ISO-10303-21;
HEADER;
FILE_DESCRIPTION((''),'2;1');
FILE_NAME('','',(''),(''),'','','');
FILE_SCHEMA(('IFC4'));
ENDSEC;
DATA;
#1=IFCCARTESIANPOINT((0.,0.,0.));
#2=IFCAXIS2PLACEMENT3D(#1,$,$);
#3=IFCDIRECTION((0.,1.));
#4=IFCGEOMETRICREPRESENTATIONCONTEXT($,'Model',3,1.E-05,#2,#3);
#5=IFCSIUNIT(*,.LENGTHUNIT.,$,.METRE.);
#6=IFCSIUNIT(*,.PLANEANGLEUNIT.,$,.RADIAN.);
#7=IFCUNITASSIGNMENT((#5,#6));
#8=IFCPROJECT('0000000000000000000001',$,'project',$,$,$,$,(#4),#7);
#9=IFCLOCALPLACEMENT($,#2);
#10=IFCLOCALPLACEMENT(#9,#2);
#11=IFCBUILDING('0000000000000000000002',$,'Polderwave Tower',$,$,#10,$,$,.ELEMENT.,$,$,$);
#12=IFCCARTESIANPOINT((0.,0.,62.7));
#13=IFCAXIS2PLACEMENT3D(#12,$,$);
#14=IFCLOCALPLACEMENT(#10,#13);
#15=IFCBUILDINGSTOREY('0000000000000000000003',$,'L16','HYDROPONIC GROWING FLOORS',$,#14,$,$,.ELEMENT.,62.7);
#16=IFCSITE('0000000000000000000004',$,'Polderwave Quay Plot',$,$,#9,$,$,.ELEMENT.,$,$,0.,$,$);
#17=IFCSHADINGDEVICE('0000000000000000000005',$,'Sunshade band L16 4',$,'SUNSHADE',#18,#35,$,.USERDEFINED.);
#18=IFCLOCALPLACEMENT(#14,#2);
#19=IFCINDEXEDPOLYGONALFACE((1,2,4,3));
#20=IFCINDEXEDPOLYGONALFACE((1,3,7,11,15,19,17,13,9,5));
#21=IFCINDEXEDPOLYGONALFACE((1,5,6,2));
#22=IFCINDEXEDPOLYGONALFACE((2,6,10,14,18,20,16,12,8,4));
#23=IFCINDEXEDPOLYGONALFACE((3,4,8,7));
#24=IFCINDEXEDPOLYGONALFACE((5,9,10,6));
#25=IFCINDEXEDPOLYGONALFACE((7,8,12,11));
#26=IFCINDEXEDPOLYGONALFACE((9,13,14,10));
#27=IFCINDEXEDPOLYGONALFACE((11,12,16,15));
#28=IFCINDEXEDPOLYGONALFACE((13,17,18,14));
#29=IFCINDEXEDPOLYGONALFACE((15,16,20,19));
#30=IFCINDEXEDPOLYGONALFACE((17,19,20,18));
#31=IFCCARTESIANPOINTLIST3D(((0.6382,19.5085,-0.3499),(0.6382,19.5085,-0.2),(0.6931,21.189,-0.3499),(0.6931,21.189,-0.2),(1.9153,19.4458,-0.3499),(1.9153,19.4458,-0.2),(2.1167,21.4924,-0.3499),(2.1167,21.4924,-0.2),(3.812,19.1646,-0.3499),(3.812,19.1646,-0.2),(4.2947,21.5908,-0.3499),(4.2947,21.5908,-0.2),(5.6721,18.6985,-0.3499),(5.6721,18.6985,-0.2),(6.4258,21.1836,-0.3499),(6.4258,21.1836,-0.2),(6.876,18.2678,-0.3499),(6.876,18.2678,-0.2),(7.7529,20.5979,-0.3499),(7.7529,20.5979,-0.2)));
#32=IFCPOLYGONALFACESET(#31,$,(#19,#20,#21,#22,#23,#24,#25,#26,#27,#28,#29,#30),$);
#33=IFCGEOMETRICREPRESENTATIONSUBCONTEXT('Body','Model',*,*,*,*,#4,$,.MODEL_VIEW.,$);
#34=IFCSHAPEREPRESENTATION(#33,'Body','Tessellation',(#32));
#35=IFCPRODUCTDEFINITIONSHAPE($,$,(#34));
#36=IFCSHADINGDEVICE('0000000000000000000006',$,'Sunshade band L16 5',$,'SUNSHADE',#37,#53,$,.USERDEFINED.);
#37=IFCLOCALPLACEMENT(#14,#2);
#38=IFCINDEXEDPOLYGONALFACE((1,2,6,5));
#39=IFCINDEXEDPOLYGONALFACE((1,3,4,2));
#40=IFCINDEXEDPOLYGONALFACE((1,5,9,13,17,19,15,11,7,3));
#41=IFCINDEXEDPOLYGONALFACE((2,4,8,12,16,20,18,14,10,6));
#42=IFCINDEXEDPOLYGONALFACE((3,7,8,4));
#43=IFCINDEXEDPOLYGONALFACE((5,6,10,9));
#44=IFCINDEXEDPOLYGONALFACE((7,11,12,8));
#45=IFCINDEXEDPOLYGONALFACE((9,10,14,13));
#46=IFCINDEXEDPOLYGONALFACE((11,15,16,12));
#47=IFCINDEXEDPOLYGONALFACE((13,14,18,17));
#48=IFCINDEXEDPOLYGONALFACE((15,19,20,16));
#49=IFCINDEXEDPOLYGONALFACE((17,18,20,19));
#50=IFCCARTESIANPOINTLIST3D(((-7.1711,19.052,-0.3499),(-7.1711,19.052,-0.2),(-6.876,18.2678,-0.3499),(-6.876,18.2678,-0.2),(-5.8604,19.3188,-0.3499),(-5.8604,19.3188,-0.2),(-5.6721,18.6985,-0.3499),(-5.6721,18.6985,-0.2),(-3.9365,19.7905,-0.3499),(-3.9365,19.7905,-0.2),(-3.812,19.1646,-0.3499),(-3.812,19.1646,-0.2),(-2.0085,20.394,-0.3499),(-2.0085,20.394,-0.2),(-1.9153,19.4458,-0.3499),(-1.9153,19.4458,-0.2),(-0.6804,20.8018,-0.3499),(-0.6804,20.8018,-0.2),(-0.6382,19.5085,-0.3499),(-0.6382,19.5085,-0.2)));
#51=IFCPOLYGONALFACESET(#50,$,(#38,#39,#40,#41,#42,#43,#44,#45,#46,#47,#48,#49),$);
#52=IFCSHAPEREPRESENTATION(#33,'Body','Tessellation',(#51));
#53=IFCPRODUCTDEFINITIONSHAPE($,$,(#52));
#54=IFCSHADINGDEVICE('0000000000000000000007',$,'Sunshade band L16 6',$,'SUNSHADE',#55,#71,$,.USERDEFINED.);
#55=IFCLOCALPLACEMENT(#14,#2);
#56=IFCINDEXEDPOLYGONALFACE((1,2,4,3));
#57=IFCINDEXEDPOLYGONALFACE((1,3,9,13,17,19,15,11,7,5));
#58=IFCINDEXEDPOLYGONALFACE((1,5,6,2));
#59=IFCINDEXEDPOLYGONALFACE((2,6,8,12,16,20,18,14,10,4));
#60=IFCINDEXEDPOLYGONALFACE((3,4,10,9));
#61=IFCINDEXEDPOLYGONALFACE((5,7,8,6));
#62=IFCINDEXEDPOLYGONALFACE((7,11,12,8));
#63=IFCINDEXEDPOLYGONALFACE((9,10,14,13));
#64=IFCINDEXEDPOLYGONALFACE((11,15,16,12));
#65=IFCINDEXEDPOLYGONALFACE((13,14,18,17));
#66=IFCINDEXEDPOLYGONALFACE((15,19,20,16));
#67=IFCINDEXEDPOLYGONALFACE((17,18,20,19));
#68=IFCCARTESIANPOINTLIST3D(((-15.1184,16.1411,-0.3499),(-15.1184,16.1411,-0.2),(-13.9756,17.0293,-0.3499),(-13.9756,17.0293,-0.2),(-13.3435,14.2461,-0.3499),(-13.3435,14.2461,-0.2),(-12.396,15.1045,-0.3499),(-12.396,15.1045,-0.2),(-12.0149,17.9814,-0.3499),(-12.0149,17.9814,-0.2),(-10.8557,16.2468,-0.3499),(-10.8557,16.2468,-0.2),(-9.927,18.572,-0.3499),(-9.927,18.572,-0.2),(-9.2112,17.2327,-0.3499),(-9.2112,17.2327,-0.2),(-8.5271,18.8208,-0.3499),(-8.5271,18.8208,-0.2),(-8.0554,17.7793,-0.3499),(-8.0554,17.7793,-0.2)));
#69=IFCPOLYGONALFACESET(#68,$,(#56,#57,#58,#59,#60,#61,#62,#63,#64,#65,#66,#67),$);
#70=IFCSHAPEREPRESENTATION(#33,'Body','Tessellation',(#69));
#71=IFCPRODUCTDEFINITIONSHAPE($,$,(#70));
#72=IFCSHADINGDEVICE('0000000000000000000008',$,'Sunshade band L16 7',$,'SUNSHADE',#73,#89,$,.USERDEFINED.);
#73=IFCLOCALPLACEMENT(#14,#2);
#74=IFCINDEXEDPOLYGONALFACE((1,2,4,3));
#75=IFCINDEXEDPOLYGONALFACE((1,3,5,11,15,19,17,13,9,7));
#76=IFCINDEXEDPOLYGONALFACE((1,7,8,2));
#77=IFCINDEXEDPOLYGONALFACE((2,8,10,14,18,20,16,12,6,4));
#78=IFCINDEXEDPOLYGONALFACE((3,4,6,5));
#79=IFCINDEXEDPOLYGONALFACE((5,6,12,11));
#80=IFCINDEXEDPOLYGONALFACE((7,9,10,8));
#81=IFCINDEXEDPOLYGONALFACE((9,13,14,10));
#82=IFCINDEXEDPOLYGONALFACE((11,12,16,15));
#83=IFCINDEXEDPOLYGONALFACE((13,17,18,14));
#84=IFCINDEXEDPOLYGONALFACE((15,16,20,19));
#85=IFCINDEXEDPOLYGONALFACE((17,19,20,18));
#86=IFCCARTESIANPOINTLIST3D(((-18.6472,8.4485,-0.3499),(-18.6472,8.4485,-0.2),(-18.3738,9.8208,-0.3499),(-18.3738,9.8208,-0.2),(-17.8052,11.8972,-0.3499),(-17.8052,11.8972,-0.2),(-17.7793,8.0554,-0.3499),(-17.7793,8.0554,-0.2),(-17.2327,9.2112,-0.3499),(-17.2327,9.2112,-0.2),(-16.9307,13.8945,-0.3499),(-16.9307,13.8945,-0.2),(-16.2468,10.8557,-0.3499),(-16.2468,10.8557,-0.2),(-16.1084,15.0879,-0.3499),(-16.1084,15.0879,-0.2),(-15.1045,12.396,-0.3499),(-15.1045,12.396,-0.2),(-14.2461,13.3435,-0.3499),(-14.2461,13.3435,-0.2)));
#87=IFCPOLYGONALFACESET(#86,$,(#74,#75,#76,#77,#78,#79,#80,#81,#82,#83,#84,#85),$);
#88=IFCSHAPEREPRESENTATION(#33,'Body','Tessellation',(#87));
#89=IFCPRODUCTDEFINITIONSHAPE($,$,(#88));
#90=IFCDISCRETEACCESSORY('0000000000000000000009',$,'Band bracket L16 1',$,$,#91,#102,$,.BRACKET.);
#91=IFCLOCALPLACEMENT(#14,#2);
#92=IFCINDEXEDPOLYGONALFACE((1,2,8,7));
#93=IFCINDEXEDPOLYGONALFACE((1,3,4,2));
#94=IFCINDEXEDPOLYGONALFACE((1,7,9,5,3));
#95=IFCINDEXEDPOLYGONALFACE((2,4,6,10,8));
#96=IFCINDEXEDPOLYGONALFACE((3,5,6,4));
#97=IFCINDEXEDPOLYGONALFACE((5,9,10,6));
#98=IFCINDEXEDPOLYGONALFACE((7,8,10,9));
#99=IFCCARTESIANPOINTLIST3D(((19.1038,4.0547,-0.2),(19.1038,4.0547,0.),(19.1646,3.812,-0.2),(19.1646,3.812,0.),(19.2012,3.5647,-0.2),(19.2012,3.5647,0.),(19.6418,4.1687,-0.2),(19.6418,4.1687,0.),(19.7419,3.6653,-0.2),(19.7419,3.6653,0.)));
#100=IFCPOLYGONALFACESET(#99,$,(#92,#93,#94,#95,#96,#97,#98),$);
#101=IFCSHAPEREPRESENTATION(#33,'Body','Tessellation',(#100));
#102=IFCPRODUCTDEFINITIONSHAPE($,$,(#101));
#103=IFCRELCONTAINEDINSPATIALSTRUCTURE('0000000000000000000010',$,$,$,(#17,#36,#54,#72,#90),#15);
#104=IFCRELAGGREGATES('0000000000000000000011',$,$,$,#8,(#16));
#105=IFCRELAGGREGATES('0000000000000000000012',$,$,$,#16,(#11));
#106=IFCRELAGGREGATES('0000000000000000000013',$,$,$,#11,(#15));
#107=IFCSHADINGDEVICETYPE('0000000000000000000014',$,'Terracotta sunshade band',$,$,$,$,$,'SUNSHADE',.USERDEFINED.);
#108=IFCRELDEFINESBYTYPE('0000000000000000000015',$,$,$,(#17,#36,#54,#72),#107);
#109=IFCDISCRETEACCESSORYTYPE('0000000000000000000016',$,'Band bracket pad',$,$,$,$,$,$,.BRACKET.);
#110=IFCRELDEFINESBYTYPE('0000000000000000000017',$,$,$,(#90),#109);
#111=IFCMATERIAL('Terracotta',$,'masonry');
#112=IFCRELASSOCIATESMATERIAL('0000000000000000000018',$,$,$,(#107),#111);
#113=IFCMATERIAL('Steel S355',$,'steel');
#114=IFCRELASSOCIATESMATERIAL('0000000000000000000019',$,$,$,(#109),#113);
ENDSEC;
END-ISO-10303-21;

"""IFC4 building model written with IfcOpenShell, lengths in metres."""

from ifc_helpers import new_model, si_unit, direction, frame, origin, place, context, subcontext, project, spatial, polyline, outline, extrude, material, type_object, element, save


model = new_model("IFC4")

# Units and contexts
model_context = context("Model", 3, precision=1e-05, world=origin(), true_north=direction((0.0, 1.0)))
body_context = subcontext(model_context, "Body", "Model", "MODEL_VIEW")
ifc_project = project(units=[si_unit("LENGTHUNIT", "METRE"), si_unit("PLANEANGLEUNIT", "RADIAN")], contexts=[model_context])

# Site, building, storey
site_placement = place(None, origin())
site = spatial("IfcSite", under=ifc_project, at=site_placement, Name="Polderwave Quay Plot", CompositionType="ELEMENT", RefElevation=0.0)
building_placement = place(site_placement, origin())
building = spatial("IfcBuilding", under=site, at=building_placement, Name="Polderwave Tower", CompositionType="ELEMENT")
storey_placement = place(building_placement, frame((0.0, 0.0, 62.7)))
storey = spatial("IfcBuildingStorey", under=building, at=storey_placement, Name="L16", Description="HYDROPONIC GROWING FLOORS", CompositionType="ELEMENT", Elevation=62.7)

# Shading devices
ifc_material_1 = material(Name="Terracotta", Category="masonry")
shading_device_type = type_object("IfcShadingDeviceType", Name="Terracotta sunshade band", ElementType="SUNSHADE", PredefinedType="USERDEFINED", material=ifc_material_1)
shading_device_1_placement = place(storey_placement, frame((0.0, 0.0, -0.3499)))
element("IfcShadingDevice", 1, at=shading_device_1_placement, inside=storey, type_object=shading_device_type, Name="Sunshade band L16 4", ObjectType="SUNSHADE", PredefinedType="USERDEFINED", context=body_context, shape_type="SweptSolid", body=[
    extrude(outline(polyline([(6.876, 18.2678), (5.6721, 18.6985), (3.812, 19.1646), (1.9153, 19.4458), (0.6382, 19.5085), (0.6931, 21.189), (2.1167, 21.4924), (4.2947, 21.5908), (6.4258, 21.1836), (7.7529, 20.5979), (6.876, 18.2678)])), origin(), (0.0, 0.0, 1.0), 0.1499),
])
shading_device_2_placement = place(storey_placement, frame((0.0, 0.0, -0.3499)))
element("IfcShadingDevice", 2, at=shading_device_2_placement, inside=storey, type_object=shading_device_type, Name="Sunshade band L16 5", ObjectType="SUNSHADE", PredefinedType="USERDEFINED", context=body_context, shape_type="SweptSolid", body=[
    extrude(outline(polyline([(-0.6382, 19.5085), (-1.9153, 19.4458), (-3.812, 19.1646), (-5.6721, 18.6985), (-6.876, 18.2678), (-7.1711, 19.052), (-5.8604, 19.3188), (-3.9365, 19.7905), (-2.0085, 20.394), (-0.6804, 20.8018), (-0.6382, 19.5085)])), origin(), (0.0, 0.0, 1.0), 0.1499),
])
shading_device_3_placement = place(storey_placement, frame((0.0, 0.0, -0.3499)))
element("IfcShadingDevice", 3, at=shading_device_3_placement, inside=storey, type_object=shading_device_type, Name="Sunshade band L16 6", ObjectType="SUNSHADE", PredefinedType="USERDEFINED", context=body_context, shape_type="SweptSolid", body=[
    extrude(outline(polyline([(-8.0554, 17.7793), (-9.2112, 17.2327), (-10.8557, 16.2468), (-12.396, 15.1045), (-13.3435, 14.2461), (-15.1184, 16.1411), (-13.9756, 17.0293), (-12.0149, 17.9814), (-9.927, 18.572), (-8.5271, 18.8208), (-8.0554, 17.7793)])), origin(), (0.0, 0.0, 1.0), 0.1499),
])
shading_device_4_placement = place(storey_placement, frame((0.0, 0.0, -0.3499)))
element("IfcShadingDevice", 4, at=shading_device_4_placement, inside=storey, type_object=shading_device_type, Name="Sunshade band L16 7", ObjectType="SUNSHADE", PredefinedType="USERDEFINED", context=body_context, shape_type="SweptSolid", body=[
    extrude(outline(polyline([(-14.2461, 13.3435), (-15.1045, 12.396), (-16.2468, 10.8557), (-17.2327, 9.2112), (-17.7793, 8.0554), (-18.6472, 8.4485), (-18.3738, 9.8208), (-17.8052, 11.8972), (-16.9307, 13.8945), (-16.1084, 15.0879), (-14.2461, 13.3435)])), origin(), (0.0, 0.0, 1.0), 0.1499),
])

# Discrete accessory
ifc_material_2 = material(Name="Steel S355", Category="steel")
discrete_accessory_type = type_object("IfcDiscreteAccessoryType", Name="Band bracket pad", PredefinedType="BRACKET", material=ifc_material_2)
discrete_accessory_placement = place(storey_placement, frame((0.0, 0.0, -0.2)))
element("IfcDiscreteAccessory", 5, at=discrete_accessory_placement, inside=storey, type_object=discrete_accessory_type, Name="Band bracket L16 1", PredefinedType="BRACKET", context=body_context, shape_type="SweptSolid", body=[
    extrude(outline(polyline([(19.2012, 3.5647), (19.1646, 3.812), (19.1038, 4.0547), (19.6418, 4.1687), (19.7419, 3.6653), (19.2012, 3.5647)])), origin(), (0.0, 0.0, 1.0), 0.2),
])

save(model, "model.ifc")
